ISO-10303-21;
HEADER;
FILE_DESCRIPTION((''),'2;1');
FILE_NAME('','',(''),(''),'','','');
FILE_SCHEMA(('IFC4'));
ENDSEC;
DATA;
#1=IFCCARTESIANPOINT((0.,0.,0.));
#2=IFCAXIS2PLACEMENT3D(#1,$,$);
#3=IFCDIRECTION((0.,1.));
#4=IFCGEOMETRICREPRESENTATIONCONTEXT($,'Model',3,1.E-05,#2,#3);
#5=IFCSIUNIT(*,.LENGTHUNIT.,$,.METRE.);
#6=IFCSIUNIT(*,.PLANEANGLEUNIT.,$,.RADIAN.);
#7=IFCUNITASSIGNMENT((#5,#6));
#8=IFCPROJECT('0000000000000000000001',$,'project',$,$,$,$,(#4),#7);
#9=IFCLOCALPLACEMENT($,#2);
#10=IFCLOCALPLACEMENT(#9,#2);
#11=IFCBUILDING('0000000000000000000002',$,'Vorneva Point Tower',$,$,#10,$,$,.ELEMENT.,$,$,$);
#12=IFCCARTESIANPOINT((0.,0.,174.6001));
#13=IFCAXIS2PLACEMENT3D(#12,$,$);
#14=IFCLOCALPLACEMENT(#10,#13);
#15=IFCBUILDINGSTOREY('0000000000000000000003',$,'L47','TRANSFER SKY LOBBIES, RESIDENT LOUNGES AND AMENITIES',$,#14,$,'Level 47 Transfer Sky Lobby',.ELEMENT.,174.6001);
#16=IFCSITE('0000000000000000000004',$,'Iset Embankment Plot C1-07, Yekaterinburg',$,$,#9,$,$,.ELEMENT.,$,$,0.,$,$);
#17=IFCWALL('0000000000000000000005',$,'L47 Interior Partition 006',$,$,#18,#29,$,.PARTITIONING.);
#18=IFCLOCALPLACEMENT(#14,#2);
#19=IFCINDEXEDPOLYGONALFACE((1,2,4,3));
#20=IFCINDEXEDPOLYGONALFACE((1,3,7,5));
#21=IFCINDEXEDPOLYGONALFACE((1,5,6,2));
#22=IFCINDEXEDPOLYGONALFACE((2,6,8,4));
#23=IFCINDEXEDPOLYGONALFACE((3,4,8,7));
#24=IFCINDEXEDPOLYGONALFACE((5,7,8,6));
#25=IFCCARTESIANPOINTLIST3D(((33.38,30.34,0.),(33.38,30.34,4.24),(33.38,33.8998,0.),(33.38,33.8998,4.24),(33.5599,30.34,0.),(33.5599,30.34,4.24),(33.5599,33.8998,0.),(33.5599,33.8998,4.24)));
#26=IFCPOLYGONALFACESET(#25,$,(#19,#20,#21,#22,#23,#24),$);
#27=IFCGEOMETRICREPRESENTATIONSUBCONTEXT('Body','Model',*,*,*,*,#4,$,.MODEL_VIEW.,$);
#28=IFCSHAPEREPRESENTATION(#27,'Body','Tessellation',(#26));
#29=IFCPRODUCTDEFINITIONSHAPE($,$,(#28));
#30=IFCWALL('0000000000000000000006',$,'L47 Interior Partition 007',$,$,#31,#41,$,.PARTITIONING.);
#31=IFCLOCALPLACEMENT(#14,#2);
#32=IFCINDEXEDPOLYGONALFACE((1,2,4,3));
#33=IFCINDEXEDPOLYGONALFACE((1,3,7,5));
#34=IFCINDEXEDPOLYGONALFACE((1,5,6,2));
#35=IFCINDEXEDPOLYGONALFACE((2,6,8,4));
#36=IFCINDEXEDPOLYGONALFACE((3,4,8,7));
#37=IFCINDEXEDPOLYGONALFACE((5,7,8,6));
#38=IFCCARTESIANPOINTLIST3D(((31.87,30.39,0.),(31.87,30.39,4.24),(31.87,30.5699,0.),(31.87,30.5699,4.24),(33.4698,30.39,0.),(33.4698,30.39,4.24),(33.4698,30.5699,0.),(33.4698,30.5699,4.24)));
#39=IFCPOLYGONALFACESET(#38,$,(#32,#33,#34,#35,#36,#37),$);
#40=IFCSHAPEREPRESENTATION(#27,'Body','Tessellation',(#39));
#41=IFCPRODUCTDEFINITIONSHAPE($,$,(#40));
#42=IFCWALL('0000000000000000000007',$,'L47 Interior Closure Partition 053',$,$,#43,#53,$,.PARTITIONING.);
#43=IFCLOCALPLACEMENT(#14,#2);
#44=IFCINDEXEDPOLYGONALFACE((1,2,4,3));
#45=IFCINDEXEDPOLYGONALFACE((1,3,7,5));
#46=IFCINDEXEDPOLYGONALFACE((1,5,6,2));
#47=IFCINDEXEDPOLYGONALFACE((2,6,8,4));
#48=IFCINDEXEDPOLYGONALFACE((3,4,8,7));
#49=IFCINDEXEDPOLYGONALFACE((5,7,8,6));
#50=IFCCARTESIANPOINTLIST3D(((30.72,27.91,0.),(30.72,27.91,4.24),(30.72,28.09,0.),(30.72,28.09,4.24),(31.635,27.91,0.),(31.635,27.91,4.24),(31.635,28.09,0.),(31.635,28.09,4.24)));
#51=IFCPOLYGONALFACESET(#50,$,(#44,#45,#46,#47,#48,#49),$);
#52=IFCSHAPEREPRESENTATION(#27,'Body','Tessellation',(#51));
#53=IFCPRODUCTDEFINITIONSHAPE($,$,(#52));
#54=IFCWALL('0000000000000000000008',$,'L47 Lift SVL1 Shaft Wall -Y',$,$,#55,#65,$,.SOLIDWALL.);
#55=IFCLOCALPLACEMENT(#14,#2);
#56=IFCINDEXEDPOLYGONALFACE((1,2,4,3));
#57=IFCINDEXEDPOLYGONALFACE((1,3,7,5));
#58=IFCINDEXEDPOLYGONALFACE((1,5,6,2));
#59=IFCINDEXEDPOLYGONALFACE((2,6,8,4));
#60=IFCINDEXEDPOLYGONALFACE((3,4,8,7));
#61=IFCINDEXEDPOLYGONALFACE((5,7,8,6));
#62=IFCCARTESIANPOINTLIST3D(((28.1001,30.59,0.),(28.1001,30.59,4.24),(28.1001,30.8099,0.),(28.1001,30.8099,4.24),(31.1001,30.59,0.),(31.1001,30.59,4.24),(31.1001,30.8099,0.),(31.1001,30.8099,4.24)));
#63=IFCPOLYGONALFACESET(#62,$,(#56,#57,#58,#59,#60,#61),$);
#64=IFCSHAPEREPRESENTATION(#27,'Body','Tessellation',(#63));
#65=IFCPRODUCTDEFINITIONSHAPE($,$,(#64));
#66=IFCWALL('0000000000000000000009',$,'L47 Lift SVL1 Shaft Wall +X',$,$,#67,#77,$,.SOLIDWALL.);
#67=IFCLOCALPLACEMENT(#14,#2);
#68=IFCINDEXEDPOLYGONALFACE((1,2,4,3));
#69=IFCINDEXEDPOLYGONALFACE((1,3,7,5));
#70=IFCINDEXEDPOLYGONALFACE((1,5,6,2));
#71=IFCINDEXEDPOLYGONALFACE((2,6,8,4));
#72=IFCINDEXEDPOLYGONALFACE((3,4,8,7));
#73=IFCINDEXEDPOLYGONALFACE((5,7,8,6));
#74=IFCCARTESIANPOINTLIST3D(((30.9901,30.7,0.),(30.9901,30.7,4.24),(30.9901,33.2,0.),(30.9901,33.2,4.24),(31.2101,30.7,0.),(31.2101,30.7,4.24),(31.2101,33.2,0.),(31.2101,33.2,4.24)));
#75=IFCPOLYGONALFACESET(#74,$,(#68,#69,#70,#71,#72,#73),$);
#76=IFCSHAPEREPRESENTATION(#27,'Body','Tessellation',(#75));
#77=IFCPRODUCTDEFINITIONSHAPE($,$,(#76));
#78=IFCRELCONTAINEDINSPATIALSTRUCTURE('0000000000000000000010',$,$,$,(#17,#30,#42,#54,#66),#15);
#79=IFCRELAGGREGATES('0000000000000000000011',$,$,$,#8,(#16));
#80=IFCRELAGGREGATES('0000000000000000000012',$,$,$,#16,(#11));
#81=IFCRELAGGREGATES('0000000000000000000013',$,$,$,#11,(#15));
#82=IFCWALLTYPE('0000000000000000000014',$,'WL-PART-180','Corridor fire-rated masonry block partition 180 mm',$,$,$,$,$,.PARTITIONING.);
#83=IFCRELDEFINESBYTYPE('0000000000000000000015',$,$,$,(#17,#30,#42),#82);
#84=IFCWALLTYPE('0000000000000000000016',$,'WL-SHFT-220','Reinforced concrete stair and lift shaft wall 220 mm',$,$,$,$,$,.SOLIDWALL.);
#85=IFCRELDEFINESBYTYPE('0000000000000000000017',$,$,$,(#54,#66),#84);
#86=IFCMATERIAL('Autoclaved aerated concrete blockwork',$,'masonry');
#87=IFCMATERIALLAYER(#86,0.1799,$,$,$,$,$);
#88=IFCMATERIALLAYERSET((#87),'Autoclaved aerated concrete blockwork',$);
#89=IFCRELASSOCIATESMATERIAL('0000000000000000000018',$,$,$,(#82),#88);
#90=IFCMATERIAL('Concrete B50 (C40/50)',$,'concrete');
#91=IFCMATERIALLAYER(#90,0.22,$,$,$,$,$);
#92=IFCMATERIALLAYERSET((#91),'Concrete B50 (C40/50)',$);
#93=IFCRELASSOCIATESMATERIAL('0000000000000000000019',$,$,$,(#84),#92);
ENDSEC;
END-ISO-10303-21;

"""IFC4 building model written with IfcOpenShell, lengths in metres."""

from ifc_helpers import new_model, si_unit, direction, frame, frame_2d, origin, place, context, subcontext, project, spatial, rectangle, extrude, material, layer, layer_set, type_object, element, save


model = new_model("IFC4")

# Units and contexts
model_context = context("Model", 3, precision=1e-05, world=origin(), true_north=direction((0.0, 1.0)))
body_context = subcontext(model_context, "Body", "Model", "MODEL_VIEW")
ifc_project = project(units=[si_unit("LENGTHUNIT", "METRE"), si_unit("PLANEANGLEUNIT", "RADIAN")], contexts=[model_context])

# Site, building, storey
site_placement = place(None, origin())
site = spatial("IfcSite", under=ifc_project, at=site_placement, Name="Iset Embankment Plot C1-07, Yekaterinburg", CompositionType="ELEMENT", RefElevation=0.0)
building_placement = place(site_placement, origin())
building = spatial("IfcBuilding", under=site, at=building_placement, Name="Vorneva Point Tower", CompositionType="ELEMENT")
storey_placement = place(building_placement, frame((0.0, 0.0, 174.6001)))
storey = spatial("IfcBuildingStorey", under=building, at=storey_placement, Name="L47", Description="TRANSFER SKY LOBBIES, RESIDENT LOUNGES AND AMENITIES", LongName="Level 47 Transfer Sky Lobby", CompositionType="ELEMENT", Elevation=174.6001)

# Walls
ifc_material_1 = material(Name="Autoclaved aerated concrete blockwork", Category="masonry")
ifc_layer_1 = layer(ifc_material_1, 0.1799)
ifc_layer_set_1 = layer_set([ifc_layer_1], Name="Autoclaved aerated concrete blockwork")
wall_type_1 = type_object("IfcWallType", Name="WL-PART-180", Description="Corridor fire-rated masonry block partition 180 mm", PredefinedType="PARTITIONING", material=ifc_layer_set_1)
wall_1_placement = place(storey_placement, frame((33.47, 30.3401, 0.0), z_axis=(0.0, 0.0, 1.0), x_axis=(0.0, 1.0, 0.0)))
element("IfcWall", 1, at=wall_1_placement, inside=storey, type_object=wall_type_1, Name="L47 Interior Partition 006", PredefinedType="PARTITIONING", context=body_context, shape_type="SweptSolid", body=[
    extrude(rectangle(XDim=3.5598, YDim=0.1799, at=frame_2d((1.7798, 0.0))), origin(), (0.0, 0.0, 1.0), 4.24),
])
wall_2_placement = place(storey_placement, frame((31.8701, 30.48, 0.0), z_axis=(0.0, 0.0, 1.0), x_axis=(1.0, 0.0, 0.0)))
element("IfcWall", 2, at=wall_2_placement, inside=storey, type_object=wall_type_1, Name="L47 Interior Partition 007", PredefinedType="PARTITIONING", context=body_context, shape_type="SweptSolid", body=[
    extrude(rectangle(XDim=1.5999, YDim=0.1799, at=frame_2d((0.7998, 0.0))), origin(), (0.0, 0.0, 1.0), 4.24),
])

# Walls
wall_3_placement = place(storey_placement, frame((31.635, 28.0, 0.0), z_axis=(0.0, 0.0, 1.0), x_axis=(-1.0, 0.0, 0.0)))
element("IfcWall", 3, at=wall_3_placement, inside=storey, type_object=wall_type_1, Name="L47 Interior Closure Partition 053", PredefinedType="PARTITIONING", context=body_context, shape_type="SweptSolid", body=[
    extrude(rectangle(XDim=0.915, YDim=0.1799, at=frame_2d((0.4575, 0.0))), origin(), (0.0, 0.0, 1.0), 4.24),
])
ifc_material_2 = material(Name="Concrete B50 (C40/50)", Category="concrete")
ifc_layer_2 = layer(ifc_material_2, 0.22)
ifc_layer_set_2 = layer_set([ifc_layer_2], Name="Concrete B50 (C40/50)")
wall_type_2 = type_object("IfcWallType", Name="WL-SHFT-220", Description="Reinforced concrete stair and lift shaft wall 220 mm", PredefinedType="SOLIDWALL", material=ifc_layer_set_2)
wall_4_placement = place(storey_placement, frame((28.1001, 30.7, 0.0), z_axis=(0.0, 0.0, 1.0), x_axis=(1.0, 0.0, 0.0)))
element("IfcWall", 4, at=wall_4_placement, inside=storey, type_object=wall_type_2, Name="L47 Lift SVL1 Shaft Wall -Y", PredefinedType="SOLIDWALL", context=body_context, shape_type="SweptSolid", body=[
    extrude(rectangle(XDim=3.0, YDim=0.22, at=frame_2d((1.5, 0.0))), origin(), (0.0, 0.0, 1.0), 4.24),
])
wall_5_placement = place(storey_placement, frame((31.1001, 30.7, 0.0), z_axis=(0.0, 0.0, 1.0), x_axis=(0.0, 1.0, 0.0)))
element("IfcWall", 5, at=wall_5_placement, inside=storey, type_object=wall_type_2, Name="L47 Lift SVL1 Shaft Wall +X", PredefinedType="SOLIDWALL", context=body_context, shape_type="SweptSolid", body=[
    extrude(rectangle(XDim=2.5, YDim=0.22, at=frame_2d((1.25, 0.0))), origin(), (0.0, 0.0, 1.0), 4.24),
])

save(model, "model.ifc")
